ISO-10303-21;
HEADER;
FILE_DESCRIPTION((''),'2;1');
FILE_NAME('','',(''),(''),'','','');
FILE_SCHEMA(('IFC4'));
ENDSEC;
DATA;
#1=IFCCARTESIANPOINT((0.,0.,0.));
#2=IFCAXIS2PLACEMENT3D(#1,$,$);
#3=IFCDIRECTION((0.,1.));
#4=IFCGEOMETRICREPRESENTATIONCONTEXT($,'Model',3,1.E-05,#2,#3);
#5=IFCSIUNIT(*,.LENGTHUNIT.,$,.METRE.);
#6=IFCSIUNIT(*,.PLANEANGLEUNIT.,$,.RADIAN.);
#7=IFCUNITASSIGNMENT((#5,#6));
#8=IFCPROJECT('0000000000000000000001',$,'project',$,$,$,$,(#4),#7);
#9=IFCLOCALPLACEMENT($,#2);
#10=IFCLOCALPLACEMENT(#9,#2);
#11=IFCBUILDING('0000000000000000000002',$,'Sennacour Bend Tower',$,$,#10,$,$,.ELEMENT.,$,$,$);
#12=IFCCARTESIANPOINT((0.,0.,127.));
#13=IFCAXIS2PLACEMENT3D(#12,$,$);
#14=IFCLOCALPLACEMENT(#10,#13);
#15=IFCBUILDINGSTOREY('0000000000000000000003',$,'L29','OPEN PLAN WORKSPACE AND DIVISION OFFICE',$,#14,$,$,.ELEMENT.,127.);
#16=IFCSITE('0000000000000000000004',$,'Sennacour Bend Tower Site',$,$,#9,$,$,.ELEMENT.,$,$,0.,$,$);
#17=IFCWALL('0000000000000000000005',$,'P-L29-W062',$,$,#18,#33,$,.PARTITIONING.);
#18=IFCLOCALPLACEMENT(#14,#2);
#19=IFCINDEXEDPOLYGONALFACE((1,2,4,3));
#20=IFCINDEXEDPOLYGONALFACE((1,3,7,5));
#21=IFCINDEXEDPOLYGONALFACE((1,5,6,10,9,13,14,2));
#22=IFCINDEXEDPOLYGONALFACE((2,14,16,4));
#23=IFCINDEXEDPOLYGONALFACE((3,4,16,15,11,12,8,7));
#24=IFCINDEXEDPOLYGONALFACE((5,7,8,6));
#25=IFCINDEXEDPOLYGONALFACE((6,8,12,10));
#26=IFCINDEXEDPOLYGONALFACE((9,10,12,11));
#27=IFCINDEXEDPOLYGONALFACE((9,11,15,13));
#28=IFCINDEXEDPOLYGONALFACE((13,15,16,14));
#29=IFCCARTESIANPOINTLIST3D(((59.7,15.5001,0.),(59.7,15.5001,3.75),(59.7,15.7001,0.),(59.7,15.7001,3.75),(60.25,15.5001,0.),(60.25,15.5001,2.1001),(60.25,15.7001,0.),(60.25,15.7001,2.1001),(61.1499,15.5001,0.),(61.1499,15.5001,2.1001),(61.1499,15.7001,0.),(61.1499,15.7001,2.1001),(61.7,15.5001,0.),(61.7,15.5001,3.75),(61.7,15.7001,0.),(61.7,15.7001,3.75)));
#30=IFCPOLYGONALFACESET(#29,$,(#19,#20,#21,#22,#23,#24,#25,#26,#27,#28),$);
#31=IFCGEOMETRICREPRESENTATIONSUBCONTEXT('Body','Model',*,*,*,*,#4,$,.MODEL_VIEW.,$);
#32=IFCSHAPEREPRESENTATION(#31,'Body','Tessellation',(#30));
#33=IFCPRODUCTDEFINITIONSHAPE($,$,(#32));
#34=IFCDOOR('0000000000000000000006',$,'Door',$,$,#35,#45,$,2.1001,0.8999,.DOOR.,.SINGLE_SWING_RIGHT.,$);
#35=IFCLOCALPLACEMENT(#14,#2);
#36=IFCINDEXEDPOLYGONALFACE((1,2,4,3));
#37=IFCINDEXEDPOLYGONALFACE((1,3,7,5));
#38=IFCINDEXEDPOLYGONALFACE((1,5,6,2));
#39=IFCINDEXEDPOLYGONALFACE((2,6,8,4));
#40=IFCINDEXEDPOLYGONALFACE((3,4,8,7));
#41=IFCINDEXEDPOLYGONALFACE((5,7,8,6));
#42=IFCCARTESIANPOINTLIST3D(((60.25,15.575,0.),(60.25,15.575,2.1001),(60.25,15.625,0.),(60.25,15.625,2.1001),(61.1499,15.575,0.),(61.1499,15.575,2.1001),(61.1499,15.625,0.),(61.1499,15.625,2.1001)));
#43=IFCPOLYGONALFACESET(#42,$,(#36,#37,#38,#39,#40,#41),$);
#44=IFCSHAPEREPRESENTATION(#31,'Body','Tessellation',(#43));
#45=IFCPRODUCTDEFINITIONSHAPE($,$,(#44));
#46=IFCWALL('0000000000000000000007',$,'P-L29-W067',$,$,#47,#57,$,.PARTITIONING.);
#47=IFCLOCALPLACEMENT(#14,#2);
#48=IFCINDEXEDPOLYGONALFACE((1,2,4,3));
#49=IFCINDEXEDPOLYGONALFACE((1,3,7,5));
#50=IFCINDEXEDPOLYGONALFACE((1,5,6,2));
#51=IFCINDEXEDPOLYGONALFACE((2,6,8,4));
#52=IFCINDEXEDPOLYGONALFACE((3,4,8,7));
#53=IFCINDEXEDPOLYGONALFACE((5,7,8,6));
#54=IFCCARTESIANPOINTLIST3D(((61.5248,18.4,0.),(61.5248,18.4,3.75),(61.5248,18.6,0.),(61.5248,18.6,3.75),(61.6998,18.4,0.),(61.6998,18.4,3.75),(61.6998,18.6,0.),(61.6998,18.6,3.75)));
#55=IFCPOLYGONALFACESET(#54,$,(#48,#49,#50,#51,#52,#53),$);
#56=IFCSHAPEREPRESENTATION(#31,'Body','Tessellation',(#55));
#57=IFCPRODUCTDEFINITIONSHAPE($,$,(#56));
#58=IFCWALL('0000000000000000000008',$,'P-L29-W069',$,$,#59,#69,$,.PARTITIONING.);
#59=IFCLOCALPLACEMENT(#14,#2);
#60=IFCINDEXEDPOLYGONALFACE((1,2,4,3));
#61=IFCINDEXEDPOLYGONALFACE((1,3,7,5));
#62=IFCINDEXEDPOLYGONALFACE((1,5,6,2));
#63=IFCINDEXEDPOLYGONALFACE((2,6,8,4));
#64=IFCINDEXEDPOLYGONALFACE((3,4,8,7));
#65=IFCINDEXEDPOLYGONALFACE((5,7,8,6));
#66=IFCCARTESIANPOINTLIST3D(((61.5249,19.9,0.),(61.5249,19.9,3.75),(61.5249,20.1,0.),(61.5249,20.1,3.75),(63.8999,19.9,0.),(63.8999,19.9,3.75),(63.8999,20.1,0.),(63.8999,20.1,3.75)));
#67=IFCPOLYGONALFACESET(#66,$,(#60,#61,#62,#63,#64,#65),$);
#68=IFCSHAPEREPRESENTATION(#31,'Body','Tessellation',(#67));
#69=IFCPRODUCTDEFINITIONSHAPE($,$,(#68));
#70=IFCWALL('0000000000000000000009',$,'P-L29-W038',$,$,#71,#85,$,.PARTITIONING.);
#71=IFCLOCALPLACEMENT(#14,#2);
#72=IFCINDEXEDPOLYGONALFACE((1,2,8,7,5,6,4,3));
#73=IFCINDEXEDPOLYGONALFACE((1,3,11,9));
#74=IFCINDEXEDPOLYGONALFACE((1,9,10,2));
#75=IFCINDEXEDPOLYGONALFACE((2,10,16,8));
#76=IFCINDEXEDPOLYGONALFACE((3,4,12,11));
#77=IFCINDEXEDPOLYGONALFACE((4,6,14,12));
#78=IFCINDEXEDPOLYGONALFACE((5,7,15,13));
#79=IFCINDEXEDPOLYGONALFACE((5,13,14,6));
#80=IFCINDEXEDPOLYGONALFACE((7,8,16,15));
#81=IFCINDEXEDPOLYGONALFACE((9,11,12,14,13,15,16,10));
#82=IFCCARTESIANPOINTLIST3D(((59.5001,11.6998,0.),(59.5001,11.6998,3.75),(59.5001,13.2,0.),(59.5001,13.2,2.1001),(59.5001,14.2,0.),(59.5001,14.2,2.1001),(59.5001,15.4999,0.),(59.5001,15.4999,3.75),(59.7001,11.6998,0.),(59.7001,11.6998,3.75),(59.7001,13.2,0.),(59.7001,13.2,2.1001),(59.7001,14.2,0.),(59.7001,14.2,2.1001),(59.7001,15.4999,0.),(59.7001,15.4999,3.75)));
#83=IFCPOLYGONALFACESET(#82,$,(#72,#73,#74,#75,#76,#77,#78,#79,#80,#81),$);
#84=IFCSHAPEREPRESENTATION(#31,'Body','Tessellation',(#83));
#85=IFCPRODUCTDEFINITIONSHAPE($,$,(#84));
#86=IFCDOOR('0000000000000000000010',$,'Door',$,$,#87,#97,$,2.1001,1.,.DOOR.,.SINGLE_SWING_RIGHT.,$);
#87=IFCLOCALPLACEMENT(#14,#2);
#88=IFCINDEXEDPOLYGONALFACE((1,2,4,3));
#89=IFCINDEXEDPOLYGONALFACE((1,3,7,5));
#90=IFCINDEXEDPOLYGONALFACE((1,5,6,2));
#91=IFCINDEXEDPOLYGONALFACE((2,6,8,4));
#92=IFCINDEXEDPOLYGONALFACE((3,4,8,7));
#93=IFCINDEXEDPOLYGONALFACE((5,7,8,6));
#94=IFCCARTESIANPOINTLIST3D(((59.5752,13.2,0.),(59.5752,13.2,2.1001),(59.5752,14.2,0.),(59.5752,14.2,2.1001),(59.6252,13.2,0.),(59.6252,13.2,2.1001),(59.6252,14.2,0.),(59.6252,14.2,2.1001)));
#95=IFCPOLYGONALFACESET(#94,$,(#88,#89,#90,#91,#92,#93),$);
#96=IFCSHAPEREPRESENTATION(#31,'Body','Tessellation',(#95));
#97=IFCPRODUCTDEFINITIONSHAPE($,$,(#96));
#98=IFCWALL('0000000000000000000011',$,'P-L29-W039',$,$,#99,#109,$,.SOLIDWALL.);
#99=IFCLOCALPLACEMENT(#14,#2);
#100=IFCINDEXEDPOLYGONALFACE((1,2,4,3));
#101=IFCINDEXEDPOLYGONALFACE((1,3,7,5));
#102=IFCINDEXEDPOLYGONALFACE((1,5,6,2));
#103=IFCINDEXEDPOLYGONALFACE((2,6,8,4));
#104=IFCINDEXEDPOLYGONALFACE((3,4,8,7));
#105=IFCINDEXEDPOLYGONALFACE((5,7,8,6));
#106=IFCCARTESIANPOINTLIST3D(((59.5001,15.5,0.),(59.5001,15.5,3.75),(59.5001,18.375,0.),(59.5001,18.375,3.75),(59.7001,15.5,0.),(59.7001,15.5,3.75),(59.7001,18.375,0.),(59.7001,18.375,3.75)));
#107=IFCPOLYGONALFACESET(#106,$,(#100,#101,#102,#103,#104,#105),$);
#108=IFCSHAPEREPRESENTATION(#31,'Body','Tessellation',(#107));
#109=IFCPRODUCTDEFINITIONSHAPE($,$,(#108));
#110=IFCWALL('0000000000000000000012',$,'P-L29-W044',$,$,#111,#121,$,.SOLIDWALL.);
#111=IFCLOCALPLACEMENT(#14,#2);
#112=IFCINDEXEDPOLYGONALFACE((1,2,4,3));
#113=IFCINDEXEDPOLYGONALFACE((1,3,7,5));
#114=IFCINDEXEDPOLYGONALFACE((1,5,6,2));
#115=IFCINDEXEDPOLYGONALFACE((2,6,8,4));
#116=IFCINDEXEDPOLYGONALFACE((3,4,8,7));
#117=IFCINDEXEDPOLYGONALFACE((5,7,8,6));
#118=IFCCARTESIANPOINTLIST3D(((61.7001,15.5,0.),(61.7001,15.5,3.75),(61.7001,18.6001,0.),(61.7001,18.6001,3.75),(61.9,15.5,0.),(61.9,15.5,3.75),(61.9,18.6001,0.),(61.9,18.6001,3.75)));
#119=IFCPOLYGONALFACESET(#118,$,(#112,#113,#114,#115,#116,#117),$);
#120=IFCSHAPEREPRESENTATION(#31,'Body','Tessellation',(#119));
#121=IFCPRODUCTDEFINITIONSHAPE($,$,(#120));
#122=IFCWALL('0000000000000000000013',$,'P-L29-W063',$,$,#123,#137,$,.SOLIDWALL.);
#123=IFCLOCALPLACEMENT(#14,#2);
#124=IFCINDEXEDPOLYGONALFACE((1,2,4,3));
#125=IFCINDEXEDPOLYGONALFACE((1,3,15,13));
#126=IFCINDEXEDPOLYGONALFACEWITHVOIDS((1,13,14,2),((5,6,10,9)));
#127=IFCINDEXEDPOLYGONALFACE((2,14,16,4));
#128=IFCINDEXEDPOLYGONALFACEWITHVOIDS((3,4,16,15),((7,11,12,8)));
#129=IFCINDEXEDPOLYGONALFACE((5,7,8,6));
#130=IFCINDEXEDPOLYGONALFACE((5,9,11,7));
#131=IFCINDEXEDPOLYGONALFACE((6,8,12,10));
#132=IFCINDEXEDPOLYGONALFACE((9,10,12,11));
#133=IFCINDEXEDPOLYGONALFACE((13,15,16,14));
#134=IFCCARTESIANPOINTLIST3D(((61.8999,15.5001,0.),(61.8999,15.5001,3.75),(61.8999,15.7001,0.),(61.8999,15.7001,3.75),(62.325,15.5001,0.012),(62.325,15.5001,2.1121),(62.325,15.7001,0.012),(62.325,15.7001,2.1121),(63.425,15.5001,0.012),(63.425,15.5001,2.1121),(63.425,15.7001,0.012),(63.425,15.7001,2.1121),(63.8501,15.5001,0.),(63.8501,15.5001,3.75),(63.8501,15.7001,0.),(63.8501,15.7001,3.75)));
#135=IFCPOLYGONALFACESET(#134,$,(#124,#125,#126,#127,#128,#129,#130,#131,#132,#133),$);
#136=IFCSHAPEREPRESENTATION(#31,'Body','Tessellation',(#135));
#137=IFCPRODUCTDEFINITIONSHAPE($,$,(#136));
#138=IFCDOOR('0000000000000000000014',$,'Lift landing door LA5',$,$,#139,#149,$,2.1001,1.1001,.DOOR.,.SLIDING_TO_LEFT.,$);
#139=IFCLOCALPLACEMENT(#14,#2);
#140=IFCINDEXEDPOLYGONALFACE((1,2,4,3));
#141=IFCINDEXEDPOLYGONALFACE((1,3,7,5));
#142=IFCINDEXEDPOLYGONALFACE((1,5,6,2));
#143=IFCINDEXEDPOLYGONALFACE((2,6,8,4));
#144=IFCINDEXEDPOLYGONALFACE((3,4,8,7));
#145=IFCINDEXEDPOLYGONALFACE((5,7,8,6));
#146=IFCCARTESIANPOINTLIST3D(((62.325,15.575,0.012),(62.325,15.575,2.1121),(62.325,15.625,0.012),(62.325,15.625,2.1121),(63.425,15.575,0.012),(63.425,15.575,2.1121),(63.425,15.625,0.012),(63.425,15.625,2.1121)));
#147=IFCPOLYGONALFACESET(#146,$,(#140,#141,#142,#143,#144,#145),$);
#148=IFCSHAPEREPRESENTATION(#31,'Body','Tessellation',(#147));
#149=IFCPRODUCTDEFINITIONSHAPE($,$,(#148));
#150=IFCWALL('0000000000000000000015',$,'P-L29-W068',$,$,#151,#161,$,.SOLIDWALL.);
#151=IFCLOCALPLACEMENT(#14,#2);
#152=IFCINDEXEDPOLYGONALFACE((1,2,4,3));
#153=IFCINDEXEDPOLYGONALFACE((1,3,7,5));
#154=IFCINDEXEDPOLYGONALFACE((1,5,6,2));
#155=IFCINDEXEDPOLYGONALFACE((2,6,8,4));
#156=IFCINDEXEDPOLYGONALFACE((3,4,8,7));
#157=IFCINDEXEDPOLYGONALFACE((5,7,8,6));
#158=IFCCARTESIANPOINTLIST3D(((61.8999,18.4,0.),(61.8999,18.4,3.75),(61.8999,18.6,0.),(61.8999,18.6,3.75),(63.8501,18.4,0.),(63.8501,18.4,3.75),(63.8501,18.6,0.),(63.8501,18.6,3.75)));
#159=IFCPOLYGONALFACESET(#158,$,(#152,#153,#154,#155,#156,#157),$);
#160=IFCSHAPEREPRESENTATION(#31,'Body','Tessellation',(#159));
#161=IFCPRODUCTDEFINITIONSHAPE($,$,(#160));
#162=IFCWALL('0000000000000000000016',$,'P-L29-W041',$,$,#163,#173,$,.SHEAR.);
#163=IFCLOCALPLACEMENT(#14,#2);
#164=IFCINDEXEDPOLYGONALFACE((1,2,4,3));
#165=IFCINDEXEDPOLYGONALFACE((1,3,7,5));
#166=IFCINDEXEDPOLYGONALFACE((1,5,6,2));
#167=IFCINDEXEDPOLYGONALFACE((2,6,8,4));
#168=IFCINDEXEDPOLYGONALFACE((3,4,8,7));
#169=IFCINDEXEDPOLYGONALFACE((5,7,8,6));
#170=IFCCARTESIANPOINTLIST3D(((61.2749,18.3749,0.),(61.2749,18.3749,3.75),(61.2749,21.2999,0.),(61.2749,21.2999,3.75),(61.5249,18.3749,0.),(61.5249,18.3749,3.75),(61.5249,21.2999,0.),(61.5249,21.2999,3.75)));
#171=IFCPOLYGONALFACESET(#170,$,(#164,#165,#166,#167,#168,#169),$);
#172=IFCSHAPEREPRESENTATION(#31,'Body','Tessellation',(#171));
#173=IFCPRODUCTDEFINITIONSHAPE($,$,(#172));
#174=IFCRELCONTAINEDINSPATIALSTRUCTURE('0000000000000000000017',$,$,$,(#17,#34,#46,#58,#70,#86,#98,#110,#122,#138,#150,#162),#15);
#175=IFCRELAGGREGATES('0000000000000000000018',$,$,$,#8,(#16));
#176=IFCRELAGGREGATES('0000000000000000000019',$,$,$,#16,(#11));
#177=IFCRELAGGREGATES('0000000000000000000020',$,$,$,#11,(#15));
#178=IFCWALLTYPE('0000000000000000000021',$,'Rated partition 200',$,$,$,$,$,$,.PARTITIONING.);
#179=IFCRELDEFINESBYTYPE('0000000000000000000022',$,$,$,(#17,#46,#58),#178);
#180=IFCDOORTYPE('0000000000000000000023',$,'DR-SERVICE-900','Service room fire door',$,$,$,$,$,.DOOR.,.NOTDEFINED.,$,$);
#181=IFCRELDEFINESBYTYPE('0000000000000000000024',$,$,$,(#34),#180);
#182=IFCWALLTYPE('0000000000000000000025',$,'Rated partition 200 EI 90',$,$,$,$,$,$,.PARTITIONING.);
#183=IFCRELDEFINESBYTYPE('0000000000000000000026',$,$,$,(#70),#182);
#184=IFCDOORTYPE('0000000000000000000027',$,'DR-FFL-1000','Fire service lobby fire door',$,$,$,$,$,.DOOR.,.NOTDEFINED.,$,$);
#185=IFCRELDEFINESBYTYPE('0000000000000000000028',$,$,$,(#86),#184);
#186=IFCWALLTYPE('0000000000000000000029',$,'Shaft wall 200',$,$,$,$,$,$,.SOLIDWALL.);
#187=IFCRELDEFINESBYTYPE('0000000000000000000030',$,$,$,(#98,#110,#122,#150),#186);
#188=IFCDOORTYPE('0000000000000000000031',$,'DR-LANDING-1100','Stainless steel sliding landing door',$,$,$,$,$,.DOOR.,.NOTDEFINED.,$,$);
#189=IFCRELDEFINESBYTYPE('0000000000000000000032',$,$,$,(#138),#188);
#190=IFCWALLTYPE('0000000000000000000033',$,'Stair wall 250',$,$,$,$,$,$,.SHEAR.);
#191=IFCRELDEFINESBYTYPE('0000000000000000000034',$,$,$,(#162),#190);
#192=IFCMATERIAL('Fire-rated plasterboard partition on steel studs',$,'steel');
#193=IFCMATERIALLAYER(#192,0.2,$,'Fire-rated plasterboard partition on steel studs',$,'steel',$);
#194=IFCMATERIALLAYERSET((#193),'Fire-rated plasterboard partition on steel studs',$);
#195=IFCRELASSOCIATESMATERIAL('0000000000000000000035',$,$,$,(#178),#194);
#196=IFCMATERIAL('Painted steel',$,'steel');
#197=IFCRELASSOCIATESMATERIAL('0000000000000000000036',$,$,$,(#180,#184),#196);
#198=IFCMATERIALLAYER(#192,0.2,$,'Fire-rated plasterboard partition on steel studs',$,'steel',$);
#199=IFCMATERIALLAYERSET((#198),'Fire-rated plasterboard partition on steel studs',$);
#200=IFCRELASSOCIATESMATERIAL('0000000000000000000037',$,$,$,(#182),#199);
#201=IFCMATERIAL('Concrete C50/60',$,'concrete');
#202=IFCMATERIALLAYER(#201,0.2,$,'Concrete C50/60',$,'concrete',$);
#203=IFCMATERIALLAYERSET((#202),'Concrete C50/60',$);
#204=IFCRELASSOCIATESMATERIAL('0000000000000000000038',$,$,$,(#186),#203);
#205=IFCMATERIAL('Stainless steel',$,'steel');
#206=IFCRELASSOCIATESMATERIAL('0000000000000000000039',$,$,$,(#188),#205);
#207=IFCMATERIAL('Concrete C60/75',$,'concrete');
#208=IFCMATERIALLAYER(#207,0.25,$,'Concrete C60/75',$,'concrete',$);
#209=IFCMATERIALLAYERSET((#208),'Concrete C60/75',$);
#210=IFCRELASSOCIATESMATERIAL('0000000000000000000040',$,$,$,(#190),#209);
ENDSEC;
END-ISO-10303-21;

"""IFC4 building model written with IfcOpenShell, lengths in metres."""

from ifc_helpers import new_model, si_unit, direction, frame, frame_2d, origin, place, context, subcontext, project, spatial, rectangle, extrude, material, layer, layer_set, type_object, element, fill, save


model = new_model("IFC4")

# Units and contexts
model_context = context("Model", 3, precision=1e-05, world=origin(), true_north=direction((0.0, 1.0)))
body_context = subcontext(model_context, "Body", "Model", "MODEL_VIEW")
ifc_project = project(units=[si_unit("LENGTHUNIT", "METRE"), si_unit("PLANEANGLEUNIT", "RADIAN")], contexts=[model_context])

# Site, building, storey
site_placement = place(None, origin())
site = spatial("IfcSite", under=ifc_project, at=site_placement, Name="Sennacour Bend Tower Site", CompositionType="ELEMENT", RefElevation=0.0)
building_placement = place(site_placement, origin())
building = spatial("IfcBuilding", under=site, at=building_placement, Name="Sennacour Bend Tower", CompositionType="ELEMENT")
storey_placement = place(building_placement, frame((0.0, 0.0, 127.0)))
storey = spatial("IfcBuildingStorey", under=building, at=storey_placement, Name="L29", Description="OPEN PLAN WORKSPACE AND DIVISION OFFICE", CompositionType="ELEMENT", Elevation=127.0)

# Shared definitions
ifc_material_1 = material(Name="Fire-rated plasterboard partition on steel studs", Category="steel")
ifc_layer_1 = layer(ifc_material_1, 0.2, Name="Fire-rated plasterboard partition on steel studs", Category="steel")
ifc_layer_set_1 = layer_set([ifc_layer_1], Name="Fire-rated plasterboard partition on steel studs")
wall_type_1 = type_object("IfcWallType", Name="Rated partition 200", PredefinedType="PARTITIONING", material=ifc_layer_set_1)
ifc_material_2 = material(Name="Painted steel", Category="steel")
door_type_1 = type_object("IfcDoorType", Name="DR-SERVICE-900", Description="Service room fire door", OperationType="NOTDEFINED", PredefinedType="DOOR", material=ifc_material_2)

# Wall, opening, door
wall_1_placement = place(storey_placement, frame((59.7, 15.6001, 0.0), z_axis=(0.0, 0.0, 1.0), x_axis=(1.0, 0.0, 0.0)))
wall_1 = element("IfcWall", 1, at=wall_1_placement, inside=storey, type_object=wall_type_1, Name="P-L29-W062", PredefinedType="PARTITIONING", context=body_context, shape_type="SweptSolid", body=[
    extrude(rectangle(XDim=2.0, YDim=0.2, at=frame_2d((1.0, 0.0))), origin(), (0.0, 0.0, 1.0), 3.75),
])
opening_1_placement = place(wall_1_placement, frame((0.55, 0.0, 0.0)))
opening_1 = element("IfcOpeningElement", 2, at=opening_1_placement, cuts=wall_1, PredefinedType="OPENING", context=body_context, shape_type="SweptSolid", body=[
    extrude(rectangle(XDim=0.8999, YDim=2.1001, at=frame_2d((0.45, 1.05))), frame((0.0, 0.1099, 0.0), z_axis=(0.0, -1.0, 0.0), x_axis=(1.0, 0.0, 0.0)), (0.0, 0.0, 1.0), 0.22),
])
door_1_placement = place(opening_1_placement, origin())
door_1 = element("IfcDoor", 3, at=door_1_placement, inside=storey, type_object=door_type_1, Name="Door", OperationType="SINGLE_SWING_RIGHT", OverallHeight=2.1001, OverallWidth=0.8999, PredefinedType="DOOR", context=body_context, shape_type="SweptSolid", body=[
    extrude(rectangle(XDim=0.8999, YDim=2.1001, at=frame_2d((0.45, 1.05))), frame((0.0, 0.0249, 0.0), z_axis=(0.0, -1.0, 0.0), x_axis=(1.0, 0.0, 0.0)), (0.0, 0.0, 1.0), 0.05),
])
fill(opening_1, door_1)

# Walls
wall_2_placement = place(storey_placement, frame((61.5249, 18.5, 0.0), z_axis=(0.0, 0.0, 1.0), x_axis=(1.0, 0.0, 0.0)))
element("IfcWall", 4, at=wall_2_placement, inside=storey, type_object=wall_type_1, Name="P-L29-W067", PredefinedType="PARTITIONING", context=body_context, shape_type="SweptSolid", body=[
    extrude(rectangle(XDim=0.175, YDim=0.2, at=frame_2d((0.0874, 0.0))), origin(), (0.0, 0.0, 1.0), 3.75),
])
wall_3_placement = place(storey_placement, frame((61.5249, 20.0, 0.0), z_axis=(0.0, 0.0, 1.0), x_axis=(1.0, 0.0, 0.0)))
element("IfcWall", 5, at=wall_3_placement, inside=storey, type_object=wall_type_1, Name="P-L29-W069", PredefinedType="PARTITIONING", context=body_context, shape_type="SweptSolid", body=[
    extrude(rectangle(XDim=2.375, YDim=0.2, at=frame_2d((1.1875, 0.0))), origin(), (0.0, 0.0, 1.0), 3.75),
])

# Wall, opening, door
ifc_layer_2 = layer(ifc_material_1, 0.2, Name="Fire-rated plasterboard partition on steel studs", Category="steel")
ifc_layer_set_2 = layer_set([ifc_layer_2], Name="Fire-rated plasterboard partition on steel studs")
wall_type_2 = type_object("IfcWallType", Name="Rated partition 200 EI 90", PredefinedType="PARTITIONING", material=ifc_layer_set_2)
wall_4_placement = place(storey_placement, frame((59.6001, 11.7, 0.0), z_axis=(0.0, 0.0, 1.0), x_axis=(0.0, 1.0, 0.0)))
wall_4 = element("IfcWall", 6, at=wall_4_placement, inside=storey, type_object=wall_type_2, Name="P-L29-W038", PredefinedType="PARTITIONING", context=body_context, shape_type="SweptSolid", body=[
    extrude(rectangle(XDim=3.8, YDim=0.2, at=frame_2d((1.8999, 0.0))), origin(), (0.0, 0.0, 1.0), 3.75),
])
opening_2_placement = place(wall_4_placement, frame((1.5, 0.0, 0.0)))
opening_2 = element("IfcOpeningElement", 7, at=opening_2_placement, cuts=wall_4, PredefinedType="OPENING", context=body_context, shape_type="SweptSolid", body=[
    extrude(rectangle(XDim=1.0, YDim=2.1001, at=frame_2d((0.5, 1.05))), frame((0.0, 0.1099, 0.0), z_axis=(0.0, -1.0, 0.0), x_axis=(1.0, 0.0, 0.0)), (0.0, 0.0, 1.0), 0.22),
])
door_type_2 = type_object("IfcDoorType", Name="DR-FFL-1000", Description="Fire service lobby fire door", OperationType="NOTDEFINED", PredefinedType="DOOR", material=ifc_material_2)
door_2_placement = place(opening_2_placement, origin())
door_2 = element("IfcDoor", 8, at=door_2_placement, inside=storey, type_object=door_type_2, Name="Door", OperationType="SINGLE_SWING_RIGHT", OverallHeight=2.1001, OverallWidth=1.0, PredefinedType="DOOR", context=body_context, shape_type="SweptSolid", body=[
    extrude(rectangle(XDim=1.0, YDim=2.1001, at=frame_2d((0.5, 1.05))), frame((0.0, 0.0249, 0.0), z_axis=(0.0, -1.0, 0.0), x_axis=(1.0, 0.0, 0.0)), (0.0, 0.0, 1.0), 0.05),
])
fill(opening_2, door_2)

# Walls
ifc_material_3 = material(Name="Concrete C50/60", Category="concrete")
ifc_layer_3 = layer(ifc_material_3, 0.2, Name="Concrete C50/60", Category="concrete")
ifc_layer_set_3 = layer_set([ifc_layer_3], Name="Concrete C50/60")
wall_type_3 = type_object("IfcWallType", Name="Shaft wall 200", PredefinedType="SOLIDWALL", material=ifc_layer_set_3)
wall_5_placement = place(storey_placement, frame((59.6001, 15.5, 0.0), z_axis=(0.0, 0.0, 1.0), x_axis=(0.0, 1.0, 0.0)))
element("IfcWall", 9, at=wall_5_placement, inside=storey, type_object=wall_type_3, Name="P-L29-W039", PredefinedType="SOLIDWALL", context=body_context, shape_type="SweptSolid", body=[
    extrude(rectangle(XDim=2.875, YDim=0.2, at=frame_2d((1.4375, 0.0))), origin(), (0.0, 0.0, 1.0), 3.75),
])
wall_6_placement = place(storey_placement, frame((61.8, 15.5, 0.0), z_axis=(0.0, 0.0, 1.0), x_axis=(0.0, 1.0, 0.0)))
element("IfcWall", 10, at=wall_6_placement, inside=storey, type_object=wall_type_3, Name="P-L29-W044", PredefinedType="SOLIDWALL", context=body_context, shape_type="SweptSolid", body=[
    extrude(rectangle(XDim=3.1001, YDim=0.2, at=frame_2d((1.55, 0.0))), origin(), (0.0, 0.0, 1.0), 3.75),
])

# Wall, opening, door
wall_7_placement = place(storey_placement, frame((61.8999, 15.6001, 0.0), z_axis=(0.0, 0.0, 1.0), x_axis=(1.0, 0.0, 0.0)))
wall_7 = element("IfcWall", 11, at=wall_7_placement, inside=storey, type_object=wall_type_3, Name="P-L29-W063", PredefinedType="SOLIDWALL", context=body_context, shape_type="SweptSolid", body=[
    extrude(rectangle(XDim=1.9502, YDim=0.2, at=frame_2d((0.9751, 0.0))), origin(), (0.0, 0.0, 1.0), 3.75),
])
opening_3_placement = place(wall_7_placement, frame((0.425, 0.0, 0.012)))
opening_3 = element("IfcOpeningElement", 12, at=opening_3_placement, cuts=wall_7, PredefinedType="OPENING", context=body_context, shape_type="SweptSolid", body=[
    extrude(rectangle(XDim=1.1001, YDim=2.1001, at=frame_2d((0.55, 1.05))), frame((0.0, 0.1099, 0.0), z_axis=(0.0, -1.0, 0.0), x_axis=(1.0, 0.0, 0.0)), (0.0, 0.0, 1.0), 0.22),
])
ifc_material_4 = material(Name="Stainless steel", Category="steel")
door_type_3 = type_object("IfcDoorType", Name="DR-LANDING-1100", Description="Stainless steel sliding landing door", OperationType="NOTDEFINED", PredefinedType="DOOR", material=ifc_material_4)
door_3_placement = place(opening_3_placement, origin())
door_3 = element("IfcDoor", 13, at=door_3_placement, inside=storey, type_object=door_type_3, Name="Lift landing door LA5", OperationType="SLIDING_TO_LEFT", OverallHeight=2.1001, OverallWidth=1.1001, PredefinedType="DOOR", context=body_context, shape_type="SweptSolid", body=[
    extrude(rectangle(XDim=1.1001, YDim=2.1001, at=frame_2d((0.55, 1.05))), frame((0.0, 0.0249, 0.0), z_axis=(0.0, -1.0, 0.0), x_axis=(1.0, 0.0, 0.0)), (0.0, 0.0, 1.0), 0.05),
])
fill(opening_3, door_3)

# Walls
wall_8_placement = place(storey_placement, frame((61.8999, 18.5, 0.0), z_axis=(0.0, 0.0, 1.0), x_axis=(1.0, 0.0, 0.0)))
element("IfcWall", 14, at=wall_8_placement, inside=storey, type_object=wall_type_3, Name="P-L29-W068", PredefinedType="SOLIDWALL", context=body_context, shape_type="SweptSolid", body=[
    extrude(rectangle(XDim=1.9502, YDim=0.2, at=frame_2d((0.9751, 0.0))), origin(), (0.0, 0.0, 1.0), 3.75),
])
ifc_material_5 = material(Name="Concrete C60/75", Category="concrete")
ifc_layer_4 = layer(ifc_material_5, 0.25, Name="Concrete C60/75", Category="concrete")
ifc_layer_set_4 = layer_set([ifc_layer_4], Name="Concrete C60/75")
wall_type_4 = type_object("IfcWallType", Name="Stair wall 250", PredefinedType="SHEAR", material=ifc_layer_set_4)
wall_9_placement = place(storey_placement, frame((61.3999, 18.375, 0.0), z_axis=(0.0, 0.0, 1.0), x_axis=(0.0, 1.0, 0.0)))
element("IfcWall", 15, at=wall_9_placement, inside=storey, type_object=wall_type_4, Name="P-L29-W041", PredefinedType="SHEAR", context=body_context, shape_type="SweptSolid", body=[
    extrude(rectangle(XDim=2.925, YDim=0.25, at=frame_2d((1.4624, 0.0))), origin(), (0.0, 0.0, 1.0), 3.75),
])

save(model, "model.ifc")
